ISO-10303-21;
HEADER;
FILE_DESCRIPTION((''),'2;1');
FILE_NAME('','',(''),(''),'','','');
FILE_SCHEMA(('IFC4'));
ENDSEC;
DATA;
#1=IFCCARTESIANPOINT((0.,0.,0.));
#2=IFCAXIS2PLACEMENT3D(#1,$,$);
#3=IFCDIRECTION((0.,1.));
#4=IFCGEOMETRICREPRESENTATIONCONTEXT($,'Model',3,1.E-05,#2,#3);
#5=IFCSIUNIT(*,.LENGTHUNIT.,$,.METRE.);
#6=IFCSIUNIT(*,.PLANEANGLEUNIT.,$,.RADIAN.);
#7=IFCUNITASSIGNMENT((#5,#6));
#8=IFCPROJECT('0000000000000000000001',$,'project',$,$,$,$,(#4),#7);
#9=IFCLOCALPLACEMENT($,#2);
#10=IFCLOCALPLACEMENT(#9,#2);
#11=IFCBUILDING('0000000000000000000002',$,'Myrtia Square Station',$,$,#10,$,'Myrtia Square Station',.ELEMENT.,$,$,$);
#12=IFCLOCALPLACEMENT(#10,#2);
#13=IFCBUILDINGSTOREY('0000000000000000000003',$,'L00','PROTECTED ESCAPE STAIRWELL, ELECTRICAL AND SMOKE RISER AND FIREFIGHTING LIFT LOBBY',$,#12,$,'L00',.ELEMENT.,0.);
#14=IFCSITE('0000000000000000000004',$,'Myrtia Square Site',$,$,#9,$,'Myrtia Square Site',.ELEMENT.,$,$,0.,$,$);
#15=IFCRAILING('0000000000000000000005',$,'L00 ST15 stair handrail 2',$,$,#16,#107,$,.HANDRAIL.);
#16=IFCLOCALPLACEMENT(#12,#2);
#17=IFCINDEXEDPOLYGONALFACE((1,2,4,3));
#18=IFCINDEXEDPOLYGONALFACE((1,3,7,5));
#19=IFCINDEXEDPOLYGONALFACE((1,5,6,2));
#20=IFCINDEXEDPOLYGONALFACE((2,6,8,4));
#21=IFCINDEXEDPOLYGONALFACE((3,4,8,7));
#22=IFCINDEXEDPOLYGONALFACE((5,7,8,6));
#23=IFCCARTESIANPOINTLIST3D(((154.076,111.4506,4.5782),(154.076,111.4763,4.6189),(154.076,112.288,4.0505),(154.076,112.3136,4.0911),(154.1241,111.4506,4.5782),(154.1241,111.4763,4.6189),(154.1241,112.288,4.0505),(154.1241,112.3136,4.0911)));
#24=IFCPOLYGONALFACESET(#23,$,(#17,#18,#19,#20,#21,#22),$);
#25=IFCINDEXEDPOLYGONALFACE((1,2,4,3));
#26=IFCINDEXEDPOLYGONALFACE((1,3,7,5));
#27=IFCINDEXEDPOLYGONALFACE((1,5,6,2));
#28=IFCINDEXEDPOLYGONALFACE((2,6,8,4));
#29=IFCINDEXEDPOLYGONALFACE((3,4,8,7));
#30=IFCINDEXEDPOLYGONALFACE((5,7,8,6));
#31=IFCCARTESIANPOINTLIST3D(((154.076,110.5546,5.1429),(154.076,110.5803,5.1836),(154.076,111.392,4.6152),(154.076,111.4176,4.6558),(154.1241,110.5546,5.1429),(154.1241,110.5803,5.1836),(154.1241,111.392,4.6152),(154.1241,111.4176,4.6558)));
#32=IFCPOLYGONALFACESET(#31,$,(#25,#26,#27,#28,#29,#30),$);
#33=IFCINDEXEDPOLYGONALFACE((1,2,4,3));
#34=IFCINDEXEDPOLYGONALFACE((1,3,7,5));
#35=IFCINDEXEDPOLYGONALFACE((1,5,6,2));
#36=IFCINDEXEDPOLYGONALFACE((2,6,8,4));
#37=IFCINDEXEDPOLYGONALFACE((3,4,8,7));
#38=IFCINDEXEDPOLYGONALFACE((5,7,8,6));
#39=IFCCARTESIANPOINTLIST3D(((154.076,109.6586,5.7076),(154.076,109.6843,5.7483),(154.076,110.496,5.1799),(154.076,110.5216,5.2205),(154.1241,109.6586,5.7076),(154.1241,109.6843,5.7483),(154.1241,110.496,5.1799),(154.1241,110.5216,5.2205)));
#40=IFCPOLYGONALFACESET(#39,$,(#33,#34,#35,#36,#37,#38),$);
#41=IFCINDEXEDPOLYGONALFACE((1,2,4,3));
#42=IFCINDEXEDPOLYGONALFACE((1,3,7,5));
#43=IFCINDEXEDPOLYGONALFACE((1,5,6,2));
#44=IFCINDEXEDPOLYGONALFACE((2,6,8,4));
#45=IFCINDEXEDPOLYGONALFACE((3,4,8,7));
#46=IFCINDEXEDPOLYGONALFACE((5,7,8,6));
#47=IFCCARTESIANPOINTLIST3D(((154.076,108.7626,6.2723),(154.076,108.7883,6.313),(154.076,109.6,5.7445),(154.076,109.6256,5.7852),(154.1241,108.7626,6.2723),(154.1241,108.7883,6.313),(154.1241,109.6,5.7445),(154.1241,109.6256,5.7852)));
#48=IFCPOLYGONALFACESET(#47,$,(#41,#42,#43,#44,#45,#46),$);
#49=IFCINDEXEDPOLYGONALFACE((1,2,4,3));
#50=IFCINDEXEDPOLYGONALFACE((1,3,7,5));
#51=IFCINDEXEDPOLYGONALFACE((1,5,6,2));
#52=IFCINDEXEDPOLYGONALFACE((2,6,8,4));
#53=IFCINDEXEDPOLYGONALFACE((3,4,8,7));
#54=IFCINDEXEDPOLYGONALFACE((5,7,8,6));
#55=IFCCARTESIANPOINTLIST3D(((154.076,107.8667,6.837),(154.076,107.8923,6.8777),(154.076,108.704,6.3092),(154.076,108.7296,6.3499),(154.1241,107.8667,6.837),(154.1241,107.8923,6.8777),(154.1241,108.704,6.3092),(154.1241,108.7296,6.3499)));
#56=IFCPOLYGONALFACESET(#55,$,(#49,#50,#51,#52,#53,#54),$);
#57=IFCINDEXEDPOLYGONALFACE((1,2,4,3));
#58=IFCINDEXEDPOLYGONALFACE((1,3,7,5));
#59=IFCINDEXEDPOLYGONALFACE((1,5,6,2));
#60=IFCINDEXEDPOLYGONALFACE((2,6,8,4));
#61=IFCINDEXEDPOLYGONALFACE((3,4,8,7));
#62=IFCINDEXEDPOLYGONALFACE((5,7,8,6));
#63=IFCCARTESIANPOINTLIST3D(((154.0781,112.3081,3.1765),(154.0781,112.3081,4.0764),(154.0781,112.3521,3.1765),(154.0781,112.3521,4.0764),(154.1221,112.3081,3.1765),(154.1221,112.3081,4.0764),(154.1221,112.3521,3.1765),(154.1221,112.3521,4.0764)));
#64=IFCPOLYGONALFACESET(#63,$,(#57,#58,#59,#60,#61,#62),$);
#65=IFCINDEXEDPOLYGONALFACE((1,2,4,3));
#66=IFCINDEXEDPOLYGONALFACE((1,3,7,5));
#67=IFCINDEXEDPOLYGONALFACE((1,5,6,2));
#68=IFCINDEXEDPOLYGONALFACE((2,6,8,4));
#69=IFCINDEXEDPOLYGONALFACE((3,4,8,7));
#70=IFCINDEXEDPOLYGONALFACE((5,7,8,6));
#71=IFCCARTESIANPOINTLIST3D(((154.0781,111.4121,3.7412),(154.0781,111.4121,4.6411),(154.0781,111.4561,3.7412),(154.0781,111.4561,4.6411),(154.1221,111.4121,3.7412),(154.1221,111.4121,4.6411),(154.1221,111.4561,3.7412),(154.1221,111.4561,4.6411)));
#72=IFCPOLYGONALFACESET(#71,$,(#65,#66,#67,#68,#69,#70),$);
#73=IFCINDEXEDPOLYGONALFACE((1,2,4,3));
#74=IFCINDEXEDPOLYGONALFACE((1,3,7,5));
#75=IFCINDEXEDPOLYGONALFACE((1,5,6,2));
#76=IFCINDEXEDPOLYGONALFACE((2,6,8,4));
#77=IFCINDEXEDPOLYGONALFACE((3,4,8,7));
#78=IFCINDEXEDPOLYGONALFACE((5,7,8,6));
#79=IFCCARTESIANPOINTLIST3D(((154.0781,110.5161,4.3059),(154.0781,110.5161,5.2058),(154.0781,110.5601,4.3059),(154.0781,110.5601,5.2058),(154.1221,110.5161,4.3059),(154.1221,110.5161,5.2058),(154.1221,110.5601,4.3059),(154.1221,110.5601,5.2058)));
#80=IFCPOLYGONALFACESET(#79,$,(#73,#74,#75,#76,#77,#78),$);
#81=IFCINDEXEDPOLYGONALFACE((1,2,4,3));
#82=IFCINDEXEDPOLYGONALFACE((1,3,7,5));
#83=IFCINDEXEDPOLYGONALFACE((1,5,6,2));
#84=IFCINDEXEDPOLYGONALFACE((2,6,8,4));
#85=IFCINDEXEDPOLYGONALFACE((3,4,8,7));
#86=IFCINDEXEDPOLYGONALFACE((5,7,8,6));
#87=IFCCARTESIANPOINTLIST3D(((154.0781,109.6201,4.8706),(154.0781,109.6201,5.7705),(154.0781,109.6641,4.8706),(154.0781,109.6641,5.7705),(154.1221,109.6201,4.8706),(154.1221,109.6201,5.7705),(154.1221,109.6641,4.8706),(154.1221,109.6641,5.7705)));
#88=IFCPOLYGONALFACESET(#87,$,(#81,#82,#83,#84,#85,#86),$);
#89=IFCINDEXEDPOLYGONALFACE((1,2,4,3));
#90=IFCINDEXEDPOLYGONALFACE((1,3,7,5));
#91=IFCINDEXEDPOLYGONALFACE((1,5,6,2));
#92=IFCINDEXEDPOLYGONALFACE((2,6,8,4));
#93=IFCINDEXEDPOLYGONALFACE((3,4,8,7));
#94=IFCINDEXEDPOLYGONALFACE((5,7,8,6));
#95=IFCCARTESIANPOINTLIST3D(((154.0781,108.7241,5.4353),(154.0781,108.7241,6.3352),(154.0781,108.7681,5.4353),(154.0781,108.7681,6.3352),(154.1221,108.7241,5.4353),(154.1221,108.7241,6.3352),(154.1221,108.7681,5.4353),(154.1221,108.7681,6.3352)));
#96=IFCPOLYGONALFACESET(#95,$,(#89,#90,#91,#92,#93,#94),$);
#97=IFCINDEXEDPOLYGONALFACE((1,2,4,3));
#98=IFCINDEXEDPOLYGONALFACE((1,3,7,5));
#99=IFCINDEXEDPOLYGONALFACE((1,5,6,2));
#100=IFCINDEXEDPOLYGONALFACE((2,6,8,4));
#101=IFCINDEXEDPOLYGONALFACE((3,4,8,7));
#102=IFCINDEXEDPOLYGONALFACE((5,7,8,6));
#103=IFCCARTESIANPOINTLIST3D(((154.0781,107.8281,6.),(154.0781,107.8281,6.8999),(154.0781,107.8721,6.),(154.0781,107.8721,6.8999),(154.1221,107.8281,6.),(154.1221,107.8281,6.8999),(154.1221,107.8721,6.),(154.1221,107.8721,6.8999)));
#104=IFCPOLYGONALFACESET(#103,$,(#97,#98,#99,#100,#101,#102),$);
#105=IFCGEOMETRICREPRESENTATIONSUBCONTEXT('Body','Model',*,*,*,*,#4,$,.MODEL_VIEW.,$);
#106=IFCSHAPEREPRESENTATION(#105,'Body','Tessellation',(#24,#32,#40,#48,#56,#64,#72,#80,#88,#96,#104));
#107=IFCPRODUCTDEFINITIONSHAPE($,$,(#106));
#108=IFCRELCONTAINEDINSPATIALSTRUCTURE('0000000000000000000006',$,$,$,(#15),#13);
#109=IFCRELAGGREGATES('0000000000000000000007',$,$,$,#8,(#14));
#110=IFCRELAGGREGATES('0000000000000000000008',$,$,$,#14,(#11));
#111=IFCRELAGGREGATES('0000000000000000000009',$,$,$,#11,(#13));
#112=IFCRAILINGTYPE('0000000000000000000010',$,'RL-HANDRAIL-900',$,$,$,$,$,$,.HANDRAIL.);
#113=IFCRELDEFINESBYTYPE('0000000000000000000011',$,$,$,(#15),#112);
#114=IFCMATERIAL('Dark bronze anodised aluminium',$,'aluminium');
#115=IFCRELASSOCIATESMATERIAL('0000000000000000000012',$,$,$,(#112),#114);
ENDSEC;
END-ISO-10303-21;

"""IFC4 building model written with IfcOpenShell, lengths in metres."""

from ifc_helpers import new_model, si_unit, direction, frame, origin, origin_2d, place, context, subcontext, project, spatial, rectangle, extrude, material, type_object, element, save


model = new_model("IFC4")

# Units and contexts
model_context = context("Model", 3, precision=1e-05, world=origin(), true_north=direction((0.0, 1.0)))
body_context = subcontext(model_context, "Body", "Model", "MODEL_VIEW")
ifc_project = project(units=[si_unit("LENGTHUNIT", "METRE"), si_unit("PLANEANGLEUNIT", "RADIAN")], contexts=[model_context])

# Site, building, storey
site_placement = place(None, origin())
site = spatial("IfcSite", under=ifc_project, at=site_placement, Name="Myrtia Square Site", LongName="Myrtia Square Site", CompositionType="ELEMENT", RefElevation=0.0)
building_placement = place(site_placement, origin())
building = spatial("IfcBuilding", under=site, at=building_placement, Name="Myrtia Square Station", LongName="Myrtia Square Station", CompositionType="ELEMENT")
storey_placement = place(building_placement, origin())
storey = spatial("IfcBuildingStorey", under=building, at=storey_placement, Name="L00", Description="PROTECTED ESCAPE STAIRWELL, ELECTRICAL AND SMOKE RISER AND FIREFIGHTING LIFT LOBBY", LongName="L00", CompositionType="ELEMENT", Elevation=0.0)

# Shared definitions
ifc_material_1 = material(Name="Dark bronze anodised aluminium", Category="aluminium")

# Railing
railing_type_1 = type_object("IfcRailingType", Name="RL-HANDRAIL-900", PredefinedType="HANDRAIL", material=ifc_material_1)
railing_1_placement = place(storey_placement, frame((154.1001, 112.3301, 3.1765)))
element("IfcRailing", 1, at=railing_1_placement, inside=storey, type_object=railing_type_1, Name="L00 ST15 stair handrail 2", PredefinedType="HANDRAIL", context=body_context, shape_type="SweptSolid", body=[
    extrude(rectangle(XDim=0.0481, YDim=0.0481, at=origin_2d()), frame((0.0, -0.0293, 0.8943), z_axis=(0.0, -0.845998, 0.533186), x_axis=(1.0, 0.0, 0.0)), (0.0, 0.0, 1.0), 0.9897),
    extrude(rectangle(XDim=0.0481, YDim=0.0481, at=origin_2d()), frame((0.0, -0.9253, 1.459), z_axis=(0.0, -0.845998, 0.533186), x_axis=(1.0, 0.0, 0.0)), (0.0, 0.0, 1.0), 0.9897),
    extrude(rectangle(XDim=0.0481, YDim=0.0481, at=origin_2d()), frame((0.0, -1.8213, 2.0237), z_axis=(0.0, -0.845998, 0.533186), x_axis=(1.0, 0.0, 0.0)), (0.0, 0.0, 1.0), 0.9897),
    extrude(rectangle(XDim=0.0481, YDim=0.0481, at=origin_2d()), frame((0.0, -2.7173, 2.5884), z_axis=(0.0, -0.845998, 0.533186), x_axis=(1.0, 0.0, 0.0)), (0.0, 0.0, 1.0), 0.9897),
    extrude(rectangle(XDim=0.0481, YDim=0.0481, at=origin_2d()), frame((0.0, -3.6133, 3.1531), z_axis=(0.0, -0.845998, 0.533186), x_axis=(1.0, 0.0, 0.0)), (0.0, 0.0, 1.0), 0.9897),
    extrude(rectangle(XDim=0.0439, YDim=0.0439, at=origin_2d()), origin(), (0.0, 0.0, 1.0), 0.8999),
    extrude(rectangle(XDim=0.0439, YDim=0.0439, at=origin_2d()), frame((0.0, -0.896, 0.5647)), (0.0, 0.0, 1.0), 0.8999),
    extrude(rectangle(XDim=0.0439, YDim=0.0439, at=origin_2d()), frame((0.0, -1.792, 1.1294)), (0.0, 0.0, 1.0), 0.8999),
    extrude(rectangle(XDim=0.0439, YDim=0.0439, at=origin_2d()), frame((0.0, -2.688, 1.6941)), (0.0, 0.0, 1.0), 0.8999),
    extrude(rectangle(XDim=0.0439, YDim=0.0439, at=origin_2d()), frame((0.0, -3.584, 2.2588)), (0.0, 0.0, 1.0), 0.8999),
    extrude(rectangle(XDim=0.0439, YDim=0.0439, at=origin_2d()), frame((0.0, -4.48, 2.8235)), (0.0, 0.0, 1.0), 0.8999),
])

save(model, "model.ifc")
